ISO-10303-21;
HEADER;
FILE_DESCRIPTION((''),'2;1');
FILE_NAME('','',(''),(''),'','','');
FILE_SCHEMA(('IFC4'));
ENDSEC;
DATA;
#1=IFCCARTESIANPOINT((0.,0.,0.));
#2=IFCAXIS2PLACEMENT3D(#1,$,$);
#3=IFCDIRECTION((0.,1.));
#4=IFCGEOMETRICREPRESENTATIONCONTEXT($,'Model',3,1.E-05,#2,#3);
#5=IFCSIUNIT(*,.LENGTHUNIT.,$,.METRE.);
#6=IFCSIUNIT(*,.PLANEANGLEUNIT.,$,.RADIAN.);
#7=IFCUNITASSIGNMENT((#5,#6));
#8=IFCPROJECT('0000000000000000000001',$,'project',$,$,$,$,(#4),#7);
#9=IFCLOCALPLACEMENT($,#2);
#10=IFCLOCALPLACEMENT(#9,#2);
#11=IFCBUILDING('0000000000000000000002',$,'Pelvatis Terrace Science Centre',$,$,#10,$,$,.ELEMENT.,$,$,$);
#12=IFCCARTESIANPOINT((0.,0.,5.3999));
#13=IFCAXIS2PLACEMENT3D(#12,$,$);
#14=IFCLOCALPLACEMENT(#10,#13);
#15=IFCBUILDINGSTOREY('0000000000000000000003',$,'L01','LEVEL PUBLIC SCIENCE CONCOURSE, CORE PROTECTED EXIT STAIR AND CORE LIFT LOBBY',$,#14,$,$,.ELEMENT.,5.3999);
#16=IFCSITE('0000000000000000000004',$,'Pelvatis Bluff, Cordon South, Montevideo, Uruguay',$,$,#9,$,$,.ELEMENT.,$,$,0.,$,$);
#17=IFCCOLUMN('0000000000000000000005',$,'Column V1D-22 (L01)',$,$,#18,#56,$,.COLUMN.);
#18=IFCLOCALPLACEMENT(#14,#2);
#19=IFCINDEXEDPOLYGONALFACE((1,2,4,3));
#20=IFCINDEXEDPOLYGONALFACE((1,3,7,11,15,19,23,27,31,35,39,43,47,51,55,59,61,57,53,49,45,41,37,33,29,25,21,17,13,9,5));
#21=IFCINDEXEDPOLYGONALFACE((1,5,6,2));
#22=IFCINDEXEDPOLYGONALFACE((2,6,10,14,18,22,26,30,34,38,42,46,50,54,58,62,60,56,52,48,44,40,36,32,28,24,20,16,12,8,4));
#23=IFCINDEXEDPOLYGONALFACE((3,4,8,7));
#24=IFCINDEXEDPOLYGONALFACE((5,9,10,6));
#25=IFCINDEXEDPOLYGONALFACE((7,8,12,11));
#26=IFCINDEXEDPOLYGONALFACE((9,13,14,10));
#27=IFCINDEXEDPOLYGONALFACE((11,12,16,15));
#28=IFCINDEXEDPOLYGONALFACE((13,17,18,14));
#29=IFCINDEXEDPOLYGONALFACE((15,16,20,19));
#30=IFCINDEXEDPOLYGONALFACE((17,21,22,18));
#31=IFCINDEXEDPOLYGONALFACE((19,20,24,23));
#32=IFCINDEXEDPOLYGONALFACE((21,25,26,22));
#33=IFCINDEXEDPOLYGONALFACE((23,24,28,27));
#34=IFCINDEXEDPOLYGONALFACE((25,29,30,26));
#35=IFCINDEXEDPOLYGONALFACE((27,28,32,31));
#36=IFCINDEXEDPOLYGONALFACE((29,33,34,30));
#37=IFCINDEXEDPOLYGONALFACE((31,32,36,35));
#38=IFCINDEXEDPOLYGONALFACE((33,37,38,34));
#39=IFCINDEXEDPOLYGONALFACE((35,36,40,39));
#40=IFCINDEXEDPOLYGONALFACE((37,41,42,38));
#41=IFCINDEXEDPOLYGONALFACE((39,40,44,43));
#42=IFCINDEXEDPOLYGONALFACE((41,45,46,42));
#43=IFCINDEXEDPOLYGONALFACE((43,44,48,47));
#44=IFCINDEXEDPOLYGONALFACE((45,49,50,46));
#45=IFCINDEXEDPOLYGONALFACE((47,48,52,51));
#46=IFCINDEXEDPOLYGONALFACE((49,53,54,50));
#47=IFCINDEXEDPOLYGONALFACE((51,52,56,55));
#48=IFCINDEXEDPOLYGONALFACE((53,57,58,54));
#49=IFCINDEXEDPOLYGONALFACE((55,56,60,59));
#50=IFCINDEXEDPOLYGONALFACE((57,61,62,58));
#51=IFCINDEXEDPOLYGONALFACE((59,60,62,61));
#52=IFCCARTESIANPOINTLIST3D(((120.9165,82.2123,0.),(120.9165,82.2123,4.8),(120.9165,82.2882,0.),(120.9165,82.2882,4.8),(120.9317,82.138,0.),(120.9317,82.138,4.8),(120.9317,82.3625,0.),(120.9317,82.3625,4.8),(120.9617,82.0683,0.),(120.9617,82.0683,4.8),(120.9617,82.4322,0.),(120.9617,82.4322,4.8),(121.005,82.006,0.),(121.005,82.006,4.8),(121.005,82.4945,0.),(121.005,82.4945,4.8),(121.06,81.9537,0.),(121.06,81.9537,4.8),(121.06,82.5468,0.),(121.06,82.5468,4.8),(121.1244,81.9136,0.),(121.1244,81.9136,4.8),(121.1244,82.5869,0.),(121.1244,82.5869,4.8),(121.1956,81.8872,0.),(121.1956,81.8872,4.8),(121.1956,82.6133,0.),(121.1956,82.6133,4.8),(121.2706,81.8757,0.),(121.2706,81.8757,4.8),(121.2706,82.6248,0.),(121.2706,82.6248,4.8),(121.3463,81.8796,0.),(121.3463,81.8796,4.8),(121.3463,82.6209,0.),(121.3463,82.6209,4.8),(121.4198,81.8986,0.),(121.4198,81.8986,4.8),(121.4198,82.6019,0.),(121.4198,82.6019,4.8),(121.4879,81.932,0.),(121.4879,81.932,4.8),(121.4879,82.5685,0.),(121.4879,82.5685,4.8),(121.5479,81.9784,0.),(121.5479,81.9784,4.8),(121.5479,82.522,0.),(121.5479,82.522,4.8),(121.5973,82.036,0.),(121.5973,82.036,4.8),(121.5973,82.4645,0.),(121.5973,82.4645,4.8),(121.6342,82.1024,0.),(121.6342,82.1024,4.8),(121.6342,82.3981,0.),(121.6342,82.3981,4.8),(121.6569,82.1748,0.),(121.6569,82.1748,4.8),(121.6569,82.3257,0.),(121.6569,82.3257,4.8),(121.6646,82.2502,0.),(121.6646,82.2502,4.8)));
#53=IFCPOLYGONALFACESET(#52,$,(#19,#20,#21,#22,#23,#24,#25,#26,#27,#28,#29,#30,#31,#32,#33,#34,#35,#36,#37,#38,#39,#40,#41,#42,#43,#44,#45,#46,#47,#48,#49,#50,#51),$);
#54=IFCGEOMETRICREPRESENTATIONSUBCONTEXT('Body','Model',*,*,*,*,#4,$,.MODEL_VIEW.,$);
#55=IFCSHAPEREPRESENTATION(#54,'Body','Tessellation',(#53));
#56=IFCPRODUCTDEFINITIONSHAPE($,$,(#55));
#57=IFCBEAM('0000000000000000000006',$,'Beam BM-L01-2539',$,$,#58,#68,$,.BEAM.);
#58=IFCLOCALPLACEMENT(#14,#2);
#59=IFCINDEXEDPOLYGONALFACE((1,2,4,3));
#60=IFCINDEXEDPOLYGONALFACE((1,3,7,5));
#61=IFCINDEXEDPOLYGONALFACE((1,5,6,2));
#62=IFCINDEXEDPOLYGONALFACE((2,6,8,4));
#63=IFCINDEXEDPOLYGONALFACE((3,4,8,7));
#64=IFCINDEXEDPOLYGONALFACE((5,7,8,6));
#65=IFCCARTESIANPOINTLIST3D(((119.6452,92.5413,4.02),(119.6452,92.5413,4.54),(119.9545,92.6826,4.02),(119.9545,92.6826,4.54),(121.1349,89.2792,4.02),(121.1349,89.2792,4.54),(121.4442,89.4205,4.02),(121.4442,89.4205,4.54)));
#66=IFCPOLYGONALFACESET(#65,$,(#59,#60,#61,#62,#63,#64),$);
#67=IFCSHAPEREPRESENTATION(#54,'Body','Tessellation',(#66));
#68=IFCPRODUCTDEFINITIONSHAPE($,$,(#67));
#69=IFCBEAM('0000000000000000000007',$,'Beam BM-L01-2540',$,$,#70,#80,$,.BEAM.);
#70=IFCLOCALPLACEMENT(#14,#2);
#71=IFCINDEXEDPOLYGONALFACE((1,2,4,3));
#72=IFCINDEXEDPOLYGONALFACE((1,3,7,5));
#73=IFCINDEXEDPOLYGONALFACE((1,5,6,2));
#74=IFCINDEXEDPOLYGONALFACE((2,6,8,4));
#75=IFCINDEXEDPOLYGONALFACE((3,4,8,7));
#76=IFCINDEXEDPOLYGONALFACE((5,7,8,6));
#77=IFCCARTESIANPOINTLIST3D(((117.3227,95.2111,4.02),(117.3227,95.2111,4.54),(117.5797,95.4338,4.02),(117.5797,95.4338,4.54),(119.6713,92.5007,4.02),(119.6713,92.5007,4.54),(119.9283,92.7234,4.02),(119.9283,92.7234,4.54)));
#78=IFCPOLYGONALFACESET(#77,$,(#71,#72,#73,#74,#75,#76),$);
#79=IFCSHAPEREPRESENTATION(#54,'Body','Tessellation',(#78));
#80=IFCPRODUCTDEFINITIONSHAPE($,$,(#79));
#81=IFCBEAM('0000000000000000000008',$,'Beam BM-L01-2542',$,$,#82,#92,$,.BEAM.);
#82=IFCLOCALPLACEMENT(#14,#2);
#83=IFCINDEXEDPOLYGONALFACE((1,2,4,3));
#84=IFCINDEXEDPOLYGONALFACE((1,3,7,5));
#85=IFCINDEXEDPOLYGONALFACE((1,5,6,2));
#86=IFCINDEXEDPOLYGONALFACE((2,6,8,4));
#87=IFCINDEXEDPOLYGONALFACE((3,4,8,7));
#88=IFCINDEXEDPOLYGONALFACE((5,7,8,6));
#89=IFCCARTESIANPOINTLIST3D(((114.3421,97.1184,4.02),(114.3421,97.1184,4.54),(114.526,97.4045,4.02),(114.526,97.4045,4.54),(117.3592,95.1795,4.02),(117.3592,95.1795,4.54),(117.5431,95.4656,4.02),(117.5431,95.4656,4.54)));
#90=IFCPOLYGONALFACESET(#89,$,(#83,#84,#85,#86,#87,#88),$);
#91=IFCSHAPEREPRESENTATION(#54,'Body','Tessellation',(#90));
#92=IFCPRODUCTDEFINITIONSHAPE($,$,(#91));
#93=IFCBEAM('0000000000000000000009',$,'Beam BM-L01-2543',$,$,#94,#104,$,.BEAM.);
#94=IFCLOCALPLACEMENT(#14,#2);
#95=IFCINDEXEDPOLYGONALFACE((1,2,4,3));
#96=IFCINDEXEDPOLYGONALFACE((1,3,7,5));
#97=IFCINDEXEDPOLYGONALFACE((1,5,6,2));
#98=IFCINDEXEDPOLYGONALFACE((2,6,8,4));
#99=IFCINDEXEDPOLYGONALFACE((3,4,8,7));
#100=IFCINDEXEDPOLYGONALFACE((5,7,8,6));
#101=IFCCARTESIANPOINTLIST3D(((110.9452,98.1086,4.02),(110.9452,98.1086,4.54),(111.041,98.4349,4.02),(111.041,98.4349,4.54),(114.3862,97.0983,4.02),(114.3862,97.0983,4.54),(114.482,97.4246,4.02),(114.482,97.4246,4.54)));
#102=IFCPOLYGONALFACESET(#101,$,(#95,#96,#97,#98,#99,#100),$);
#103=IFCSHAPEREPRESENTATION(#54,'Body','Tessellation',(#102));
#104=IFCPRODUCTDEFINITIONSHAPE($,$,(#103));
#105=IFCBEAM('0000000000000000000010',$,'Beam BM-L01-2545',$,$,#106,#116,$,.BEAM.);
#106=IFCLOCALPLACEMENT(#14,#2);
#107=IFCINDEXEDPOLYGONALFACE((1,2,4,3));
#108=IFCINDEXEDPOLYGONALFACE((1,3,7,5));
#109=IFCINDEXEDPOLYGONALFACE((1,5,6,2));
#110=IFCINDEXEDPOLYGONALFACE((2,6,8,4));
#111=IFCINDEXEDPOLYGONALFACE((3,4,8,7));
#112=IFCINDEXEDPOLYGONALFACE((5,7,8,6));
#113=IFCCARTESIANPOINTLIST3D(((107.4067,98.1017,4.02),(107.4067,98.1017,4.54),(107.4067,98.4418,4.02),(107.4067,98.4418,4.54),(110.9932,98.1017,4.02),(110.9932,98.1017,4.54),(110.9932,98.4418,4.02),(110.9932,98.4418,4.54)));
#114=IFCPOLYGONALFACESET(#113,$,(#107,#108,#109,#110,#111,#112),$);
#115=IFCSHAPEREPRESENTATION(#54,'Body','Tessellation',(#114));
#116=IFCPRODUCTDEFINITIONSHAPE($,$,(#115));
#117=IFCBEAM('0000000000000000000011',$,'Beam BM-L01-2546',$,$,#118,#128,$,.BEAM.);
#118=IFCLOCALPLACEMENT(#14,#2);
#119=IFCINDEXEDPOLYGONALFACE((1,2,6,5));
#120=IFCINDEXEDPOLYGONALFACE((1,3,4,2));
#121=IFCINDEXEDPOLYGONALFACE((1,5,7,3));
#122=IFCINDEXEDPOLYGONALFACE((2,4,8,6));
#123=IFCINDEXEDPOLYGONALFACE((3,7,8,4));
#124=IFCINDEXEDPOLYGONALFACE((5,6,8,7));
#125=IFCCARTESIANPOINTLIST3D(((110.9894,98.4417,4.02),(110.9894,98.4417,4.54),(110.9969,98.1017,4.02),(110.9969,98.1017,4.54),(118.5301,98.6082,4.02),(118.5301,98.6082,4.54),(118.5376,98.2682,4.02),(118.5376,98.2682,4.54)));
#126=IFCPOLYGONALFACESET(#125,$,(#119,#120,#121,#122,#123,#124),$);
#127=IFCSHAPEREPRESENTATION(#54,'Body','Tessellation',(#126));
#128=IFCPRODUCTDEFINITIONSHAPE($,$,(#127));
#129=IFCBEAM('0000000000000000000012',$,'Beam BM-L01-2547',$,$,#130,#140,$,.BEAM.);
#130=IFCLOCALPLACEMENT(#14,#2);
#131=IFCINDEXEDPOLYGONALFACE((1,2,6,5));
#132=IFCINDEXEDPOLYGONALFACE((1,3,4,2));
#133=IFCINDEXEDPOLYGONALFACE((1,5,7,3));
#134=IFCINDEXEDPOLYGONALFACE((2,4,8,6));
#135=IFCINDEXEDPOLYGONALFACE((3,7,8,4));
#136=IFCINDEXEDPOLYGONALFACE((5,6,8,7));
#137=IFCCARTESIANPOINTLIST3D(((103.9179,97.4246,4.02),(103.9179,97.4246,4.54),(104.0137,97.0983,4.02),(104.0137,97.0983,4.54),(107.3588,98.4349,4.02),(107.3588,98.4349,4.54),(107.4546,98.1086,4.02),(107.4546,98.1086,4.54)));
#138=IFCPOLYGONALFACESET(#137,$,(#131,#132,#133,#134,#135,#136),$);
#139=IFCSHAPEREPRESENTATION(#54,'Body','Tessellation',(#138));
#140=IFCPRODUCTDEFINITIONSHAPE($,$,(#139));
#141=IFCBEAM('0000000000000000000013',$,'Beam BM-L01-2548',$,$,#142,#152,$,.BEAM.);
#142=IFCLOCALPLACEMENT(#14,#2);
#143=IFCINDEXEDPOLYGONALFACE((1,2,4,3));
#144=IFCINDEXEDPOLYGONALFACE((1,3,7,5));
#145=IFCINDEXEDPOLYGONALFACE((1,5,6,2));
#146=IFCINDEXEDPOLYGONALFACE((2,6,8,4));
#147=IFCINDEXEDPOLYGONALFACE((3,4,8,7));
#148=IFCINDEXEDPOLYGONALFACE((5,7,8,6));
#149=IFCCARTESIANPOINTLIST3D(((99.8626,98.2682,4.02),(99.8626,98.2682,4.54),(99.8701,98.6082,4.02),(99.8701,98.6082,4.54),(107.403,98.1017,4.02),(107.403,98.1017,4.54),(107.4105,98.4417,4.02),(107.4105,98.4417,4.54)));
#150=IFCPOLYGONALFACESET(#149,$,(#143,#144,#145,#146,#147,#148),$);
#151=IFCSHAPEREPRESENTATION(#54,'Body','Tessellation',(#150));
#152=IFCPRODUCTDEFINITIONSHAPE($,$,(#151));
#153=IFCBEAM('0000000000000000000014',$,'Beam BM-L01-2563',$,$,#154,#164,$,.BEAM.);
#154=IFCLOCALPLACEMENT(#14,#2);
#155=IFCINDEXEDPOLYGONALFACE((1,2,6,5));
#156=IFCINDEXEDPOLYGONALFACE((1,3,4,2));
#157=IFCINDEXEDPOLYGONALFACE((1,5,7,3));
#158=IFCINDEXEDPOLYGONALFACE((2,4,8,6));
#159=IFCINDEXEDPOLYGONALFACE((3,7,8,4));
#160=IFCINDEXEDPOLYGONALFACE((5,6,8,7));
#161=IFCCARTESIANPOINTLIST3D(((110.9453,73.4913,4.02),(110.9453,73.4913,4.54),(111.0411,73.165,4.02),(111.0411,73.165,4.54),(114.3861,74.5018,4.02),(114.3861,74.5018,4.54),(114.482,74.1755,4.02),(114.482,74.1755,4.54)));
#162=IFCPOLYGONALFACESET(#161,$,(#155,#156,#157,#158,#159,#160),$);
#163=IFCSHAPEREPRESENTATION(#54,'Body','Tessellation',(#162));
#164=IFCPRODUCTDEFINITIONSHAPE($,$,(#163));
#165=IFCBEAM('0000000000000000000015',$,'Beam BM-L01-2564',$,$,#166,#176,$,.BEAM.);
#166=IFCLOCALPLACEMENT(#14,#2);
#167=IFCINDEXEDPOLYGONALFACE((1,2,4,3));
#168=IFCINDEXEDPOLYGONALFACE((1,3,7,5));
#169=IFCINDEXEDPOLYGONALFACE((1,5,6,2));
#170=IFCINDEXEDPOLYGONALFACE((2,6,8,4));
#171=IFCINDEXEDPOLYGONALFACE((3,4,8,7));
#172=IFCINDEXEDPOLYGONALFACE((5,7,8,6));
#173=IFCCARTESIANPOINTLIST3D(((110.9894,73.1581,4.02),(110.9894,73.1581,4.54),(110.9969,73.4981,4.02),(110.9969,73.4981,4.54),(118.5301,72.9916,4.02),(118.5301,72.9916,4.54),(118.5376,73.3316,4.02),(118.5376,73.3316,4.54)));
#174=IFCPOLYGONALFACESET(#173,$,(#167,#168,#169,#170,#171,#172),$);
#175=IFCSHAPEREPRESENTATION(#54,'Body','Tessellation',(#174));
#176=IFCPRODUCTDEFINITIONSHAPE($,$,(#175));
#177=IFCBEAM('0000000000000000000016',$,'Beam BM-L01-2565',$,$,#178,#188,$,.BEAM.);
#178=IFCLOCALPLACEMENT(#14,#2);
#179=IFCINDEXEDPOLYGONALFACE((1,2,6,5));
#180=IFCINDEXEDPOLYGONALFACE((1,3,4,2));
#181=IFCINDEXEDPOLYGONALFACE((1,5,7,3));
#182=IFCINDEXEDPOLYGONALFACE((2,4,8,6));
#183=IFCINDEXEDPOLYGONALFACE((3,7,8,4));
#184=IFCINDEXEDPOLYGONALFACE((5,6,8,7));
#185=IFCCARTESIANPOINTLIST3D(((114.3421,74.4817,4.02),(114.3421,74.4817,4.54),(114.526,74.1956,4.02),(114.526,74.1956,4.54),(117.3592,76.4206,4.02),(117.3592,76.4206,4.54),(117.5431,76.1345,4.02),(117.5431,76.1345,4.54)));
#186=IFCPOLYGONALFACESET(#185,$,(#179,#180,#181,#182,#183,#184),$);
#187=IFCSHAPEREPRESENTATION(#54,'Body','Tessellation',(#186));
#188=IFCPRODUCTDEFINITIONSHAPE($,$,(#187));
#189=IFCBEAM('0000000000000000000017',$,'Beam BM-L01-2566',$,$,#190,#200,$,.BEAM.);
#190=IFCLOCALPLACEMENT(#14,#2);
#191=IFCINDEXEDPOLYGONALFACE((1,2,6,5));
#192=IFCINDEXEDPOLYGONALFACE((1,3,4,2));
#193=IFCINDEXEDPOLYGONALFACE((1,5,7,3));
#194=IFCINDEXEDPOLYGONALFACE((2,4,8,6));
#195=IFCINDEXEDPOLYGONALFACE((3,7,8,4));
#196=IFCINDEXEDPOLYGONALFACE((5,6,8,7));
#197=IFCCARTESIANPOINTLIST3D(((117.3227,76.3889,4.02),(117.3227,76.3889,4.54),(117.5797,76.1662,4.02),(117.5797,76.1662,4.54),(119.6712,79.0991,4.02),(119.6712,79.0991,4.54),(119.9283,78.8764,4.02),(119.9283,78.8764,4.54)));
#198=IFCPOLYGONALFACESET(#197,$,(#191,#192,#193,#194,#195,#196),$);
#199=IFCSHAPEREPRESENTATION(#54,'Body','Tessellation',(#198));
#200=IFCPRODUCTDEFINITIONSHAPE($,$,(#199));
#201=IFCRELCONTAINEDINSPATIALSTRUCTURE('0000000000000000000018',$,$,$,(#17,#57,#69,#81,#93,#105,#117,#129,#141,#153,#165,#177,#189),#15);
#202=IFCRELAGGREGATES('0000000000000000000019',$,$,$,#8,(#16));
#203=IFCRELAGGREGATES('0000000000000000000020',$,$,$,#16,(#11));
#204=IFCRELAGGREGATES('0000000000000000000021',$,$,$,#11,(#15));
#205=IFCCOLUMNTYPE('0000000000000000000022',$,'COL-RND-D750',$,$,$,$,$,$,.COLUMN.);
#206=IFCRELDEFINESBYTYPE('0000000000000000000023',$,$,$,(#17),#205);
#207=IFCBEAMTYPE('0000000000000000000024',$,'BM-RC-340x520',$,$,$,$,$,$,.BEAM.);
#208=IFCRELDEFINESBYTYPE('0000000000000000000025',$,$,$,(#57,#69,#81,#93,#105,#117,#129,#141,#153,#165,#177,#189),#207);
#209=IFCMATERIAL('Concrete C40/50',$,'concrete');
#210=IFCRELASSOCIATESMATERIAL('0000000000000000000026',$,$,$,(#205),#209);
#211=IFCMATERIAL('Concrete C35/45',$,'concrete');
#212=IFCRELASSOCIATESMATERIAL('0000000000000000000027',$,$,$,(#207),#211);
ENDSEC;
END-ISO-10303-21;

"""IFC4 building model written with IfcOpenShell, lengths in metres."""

from ifc_helpers import new_model, si_unit, direction, frame, origin, origin_2d, place, context, subcontext, project, spatial, rectangle, circle, extrude, material, material_profile, profile_set, type_object, element, save


model = new_model("IFC4")

# Units and contexts
model_context = context("Model", 3, precision=1e-05, world=origin(), true_north=direction((0.0, 1.0)))
body_context = subcontext(model_context, "Body", "Model", "MODEL_VIEW")
ifc_project = project(units=[si_unit("LENGTHUNIT", "METRE"), si_unit("PLANEANGLEUNIT", "RADIAN")], contexts=[model_context])

# Site, building, storey
site_placement = place(None, origin())
site = spatial("IfcSite", under=ifc_project, at=site_placement, Name="Pelvatis Bluff, Cordon South, Montevideo, Uruguay", CompositionType="ELEMENT", RefElevation=0.0)
building_placement = place(site_placement, origin())
building = spatial("IfcBuilding", under=site, at=building_placement, Name="Pelvatis Terrace Science Centre", CompositionType="ELEMENT")
storey_placement = place(building_placement, frame((0.0, 0.0, 5.3999)))
storey = spatial("IfcBuildingStorey", under=building, at=storey_placement, Name="L01", Description="LEVEL PUBLIC SCIENCE CONCOURSE, CORE PROTECTED EXIT STAIR AND CORE LIFT LOBBY", CompositionType="ELEMENT", Elevation=5.3999)

# Column
ifc_material_1 = material(Name="Concrete C40/50", Category="concrete")
ifc_material_profile_1 = material_profile(ifc_material_1, circle(Radius=0.375, at=origin_2d()), Name="RC-RCOL D750")
ifc_profile_set_1 = profile_set([ifc_material_profile_1], Name="Concrete C40/50")
column_type_1 = type_object("IfcColumnType", Name="COL-RND-D750", PredefinedType="COLUMN", material=ifc_profile_set_1)
for number, where, z_axis, x_axis, name in (
    (1, (121.2896, 82.2502, 0.0), (0.0, 0.0, 1.0), (1.0, 0.0, 0.0), "Column V1D-22 (L01)"),
):
    element("IfcColumn", number, at=place(storey_placement, frame(where, z_axis=z_axis, x_axis=x_axis)), inside=storey, type_object=column_type_1, Name=name, PredefinedType="COLUMN", context=body_context, shape_type="SweptSolid", body=[
        extrude(circle(Radius=0.375, at=origin_2d()), origin(), (0.0, 0.0, 1.0), 4.8),
    ])

# Beams
ifc_material_2 = material(Name="Concrete C35/45", Category="concrete")
ifc_material_profile_2 = material_profile(ifc_material_2, rectangle(XDim=0.3401, YDim=0.52, at=origin_2d()), Name="RC-BM 340x520")
ifc_profile_set_2 = profile_set([ifc_material_profile_2], Name="Concrete C35/45")
beam_type_1 = type_object("IfcBeamType", Name="BM-RC-340x520", PredefinedType="BEAM", material=ifc_profile_set_2)
beam_1_placement = place(storey_placement, frame((121.2896, 89.3499, 4.28), z_axis=(-0.415403, 0.909638, 0.0), x_axis=(-0.909638, -0.415403, 0.0)))
element("IfcBeam", 2, at=beam_1_placement, inside=storey, type_object=beam_type_1, Name="Beam BM-L01-2539", PredefinedType="BEAM", context=body_context, shape_type="SweptSolid", body=[
    extrude(rectangle(XDim=0.3401, YDim=0.52, at=origin_2d()), origin(), (0.0, 0.0, 1.0), 3.5862),
])
for number, where, z_axis, x_axis, name in (
    (3, (119.7998, 92.6121, 4.28), (-0.654863, 0.755747, 0.0), (-0.755747, -0.654863, 0.0), "Beam BM-L01-2540"),
    (4, (117.4512, 95.3225, 4.28), (-0.841254, 0.540641, 0.0), (-0.540641, -0.841254, 0.0), "Beam BM-L01-2542"),
):
    element("IfcBeam", number, at=place(storey_placement, frame(where, z_axis=z_axis, x_axis=x_axis)), inside=storey, type_object=beam_type_1, Name=name, PredefinedType="BEAM", context=body_context, shape_type="SweptSolid", body=[
        extrude(rectangle(XDim=0.3401, YDim=0.52, at=origin_2d()), origin(), (0.0, 0.0, 1.0), 3.5864),
    ])
beam_2_placement = place(storey_placement, frame((114.4341, 97.2615, 4.28), z_axis=(-0.9595, 0.281709, 0.0), x_axis=(-0.281709, -0.9595, 0.0)))
element("IfcBeam", 5, at=beam_2_placement, inside=storey, type_object=beam_type_1, Name="Beam BM-L01-2543", PredefinedType="BEAM", context=body_context, shape_type="SweptSolid", body=[
    extrude(rectangle(XDim=0.3401, YDim=0.52, at=origin_2d()), origin(), (0.0, 0.0, 1.0), 3.5862),
])
beam_3_placement = place(storey_placement, frame((110.9932, 98.2717, 4.28), z_axis=(-1.0, 0.0, 0.0), x_axis=(0.0, -1.0, 0.0)))
element("IfcBeam", 6, at=beam_3_placement, inside=storey, type_object=beam_type_1, Name="Beam BM-L01-2545", PredefinedType="BEAM", context=body_context, shape_type="SweptSolid", body=[
    extrude(rectangle(XDim=0.3401, YDim=0.52, at=origin_2d()), origin(), (0.0, 0.0, 1.0), 3.5864),
])
beam_4_placement = place(storey_placement, frame((110.9932, 98.2717, 4.28), z_axis=(0.999756, 0.022076, 0.0), x_axis=(-0.022076, 0.999756, 0.0)))
element("IfcBeam", 7, at=beam_4_placement, inside=storey, type_object=beam_type_1, Name="Beam BM-L01-2546", PredefinedType="BEAM", context=body_context, shape_type="SweptSolid", body=[
    extrude(rectangle(XDim=0.3401, YDim=0.52, at=origin_2d()), origin(), (0.0, 0.0, 1.0), 7.5425),
])
beam_5_placement = place(storey_placement, frame((107.4067, 98.2717, 4.28), z_axis=(-0.9595, -0.281709, 0.0), x_axis=(0.281709, -0.9595, 0.0)))
element("IfcBeam", 8, at=beam_5_placement, inside=storey, type_object=beam_type_1, Name="Beam BM-L01-2547", PredefinedType="BEAM", context=body_context, shape_type="SweptSolid", body=[
    extrude(rectangle(XDim=0.3401, YDim=0.52, at=origin_2d()), origin(), (0.0, 0.0, 1.0), 3.5862),
])
beam_6_placement = place(storey_placement, frame((107.4067, 98.2717, 4.28), z_axis=(-0.999756, 0.022077, 0.0), x_axis=(-0.022077, -0.999756, 0.0)))
element("IfcBeam", 9, at=beam_6_placement, inside=storey, type_object=beam_type_1, Name="Beam BM-L01-2548", PredefinedType="BEAM", context=body_context, shape_type="SweptSolid", body=[
    extrude(rectangle(XDim=0.3401, YDim=0.52, at=origin_2d()), origin(), (0.0, 0.0, 1.0), 7.5422),
])
beam_7_placement = place(storey_placement, frame((110.9932, 73.3281, 4.28), z_axis=(0.959481, 0.281772, 0.0), x_axis=(-0.281772, 0.959481, 0.0)))
element("IfcBeam", 10, at=beam_7_placement, inside=storey, type_object=beam_type_1, Name="Beam BM-L01-2563", PredefinedType="BEAM", context=body_context, shape_type="SweptSolid", body=[
    extrude(rectangle(XDim=0.3401, YDim=0.52, at=origin_2d()), origin(), (0.0, 0.0, 1.0), 3.5862),
])
beam_8_placement = place(storey_placement, frame((110.9932, 73.3281, 4.28), z_axis=(0.999756, -0.022076, 0.0), x_axis=(0.022076, 0.999756, 0.0)))
element("IfcBeam", 11, at=beam_8_placement, inside=storey, type_object=beam_type_1, Name="Beam BM-L01-2564", PredefinedType="BEAM", context=body_context, shape_type="SweptSolid", body=[
    extrude(rectangle(XDim=0.3401, YDim=0.52, at=origin_2d()), origin(), (0.0, 0.0, 1.0), 7.5425),
])
beam_9_placement = place(storey_placement, frame((114.4341, 74.3386, 4.28), z_axis=(0.841254, 0.540641, 0.0), x_axis=(-0.540641, 0.841254, 0.0)))
element("IfcBeam", 12, at=beam_9_placement, inside=storey, type_object=beam_type_1, Name="Beam BM-L01-2565", PredefinedType="BEAM", context=body_context, shape_type="SweptSolid", body=[
    extrude(rectangle(XDim=0.3401, YDim=0.52, at=origin_2d()), origin(), (0.0, 0.0, 1.0), 3.5864),
])
beam_10_placement = place(storey_placement, frame((117.4512, 76.2776, 4.28), z_axis=(0.654897, 0.755718, 0.0), x_axis=(-0.755718, 0.654897, 0.0)))
element("IfcBeam", 13, at=beam_10_placement, inside=storey, type_object=beam_type_1, Name="Beam BM-L01-2566", PredefinedType="BEAM", context=body_context, shape_type="SweptSolid", body=[
    extrude(rectangle(XDim=0.3401, YDim=0.52, at=origin_2d()), origin(), (0.0, 0.0, 1.0), 3.5862),
])

save(model, "model.ifc")
